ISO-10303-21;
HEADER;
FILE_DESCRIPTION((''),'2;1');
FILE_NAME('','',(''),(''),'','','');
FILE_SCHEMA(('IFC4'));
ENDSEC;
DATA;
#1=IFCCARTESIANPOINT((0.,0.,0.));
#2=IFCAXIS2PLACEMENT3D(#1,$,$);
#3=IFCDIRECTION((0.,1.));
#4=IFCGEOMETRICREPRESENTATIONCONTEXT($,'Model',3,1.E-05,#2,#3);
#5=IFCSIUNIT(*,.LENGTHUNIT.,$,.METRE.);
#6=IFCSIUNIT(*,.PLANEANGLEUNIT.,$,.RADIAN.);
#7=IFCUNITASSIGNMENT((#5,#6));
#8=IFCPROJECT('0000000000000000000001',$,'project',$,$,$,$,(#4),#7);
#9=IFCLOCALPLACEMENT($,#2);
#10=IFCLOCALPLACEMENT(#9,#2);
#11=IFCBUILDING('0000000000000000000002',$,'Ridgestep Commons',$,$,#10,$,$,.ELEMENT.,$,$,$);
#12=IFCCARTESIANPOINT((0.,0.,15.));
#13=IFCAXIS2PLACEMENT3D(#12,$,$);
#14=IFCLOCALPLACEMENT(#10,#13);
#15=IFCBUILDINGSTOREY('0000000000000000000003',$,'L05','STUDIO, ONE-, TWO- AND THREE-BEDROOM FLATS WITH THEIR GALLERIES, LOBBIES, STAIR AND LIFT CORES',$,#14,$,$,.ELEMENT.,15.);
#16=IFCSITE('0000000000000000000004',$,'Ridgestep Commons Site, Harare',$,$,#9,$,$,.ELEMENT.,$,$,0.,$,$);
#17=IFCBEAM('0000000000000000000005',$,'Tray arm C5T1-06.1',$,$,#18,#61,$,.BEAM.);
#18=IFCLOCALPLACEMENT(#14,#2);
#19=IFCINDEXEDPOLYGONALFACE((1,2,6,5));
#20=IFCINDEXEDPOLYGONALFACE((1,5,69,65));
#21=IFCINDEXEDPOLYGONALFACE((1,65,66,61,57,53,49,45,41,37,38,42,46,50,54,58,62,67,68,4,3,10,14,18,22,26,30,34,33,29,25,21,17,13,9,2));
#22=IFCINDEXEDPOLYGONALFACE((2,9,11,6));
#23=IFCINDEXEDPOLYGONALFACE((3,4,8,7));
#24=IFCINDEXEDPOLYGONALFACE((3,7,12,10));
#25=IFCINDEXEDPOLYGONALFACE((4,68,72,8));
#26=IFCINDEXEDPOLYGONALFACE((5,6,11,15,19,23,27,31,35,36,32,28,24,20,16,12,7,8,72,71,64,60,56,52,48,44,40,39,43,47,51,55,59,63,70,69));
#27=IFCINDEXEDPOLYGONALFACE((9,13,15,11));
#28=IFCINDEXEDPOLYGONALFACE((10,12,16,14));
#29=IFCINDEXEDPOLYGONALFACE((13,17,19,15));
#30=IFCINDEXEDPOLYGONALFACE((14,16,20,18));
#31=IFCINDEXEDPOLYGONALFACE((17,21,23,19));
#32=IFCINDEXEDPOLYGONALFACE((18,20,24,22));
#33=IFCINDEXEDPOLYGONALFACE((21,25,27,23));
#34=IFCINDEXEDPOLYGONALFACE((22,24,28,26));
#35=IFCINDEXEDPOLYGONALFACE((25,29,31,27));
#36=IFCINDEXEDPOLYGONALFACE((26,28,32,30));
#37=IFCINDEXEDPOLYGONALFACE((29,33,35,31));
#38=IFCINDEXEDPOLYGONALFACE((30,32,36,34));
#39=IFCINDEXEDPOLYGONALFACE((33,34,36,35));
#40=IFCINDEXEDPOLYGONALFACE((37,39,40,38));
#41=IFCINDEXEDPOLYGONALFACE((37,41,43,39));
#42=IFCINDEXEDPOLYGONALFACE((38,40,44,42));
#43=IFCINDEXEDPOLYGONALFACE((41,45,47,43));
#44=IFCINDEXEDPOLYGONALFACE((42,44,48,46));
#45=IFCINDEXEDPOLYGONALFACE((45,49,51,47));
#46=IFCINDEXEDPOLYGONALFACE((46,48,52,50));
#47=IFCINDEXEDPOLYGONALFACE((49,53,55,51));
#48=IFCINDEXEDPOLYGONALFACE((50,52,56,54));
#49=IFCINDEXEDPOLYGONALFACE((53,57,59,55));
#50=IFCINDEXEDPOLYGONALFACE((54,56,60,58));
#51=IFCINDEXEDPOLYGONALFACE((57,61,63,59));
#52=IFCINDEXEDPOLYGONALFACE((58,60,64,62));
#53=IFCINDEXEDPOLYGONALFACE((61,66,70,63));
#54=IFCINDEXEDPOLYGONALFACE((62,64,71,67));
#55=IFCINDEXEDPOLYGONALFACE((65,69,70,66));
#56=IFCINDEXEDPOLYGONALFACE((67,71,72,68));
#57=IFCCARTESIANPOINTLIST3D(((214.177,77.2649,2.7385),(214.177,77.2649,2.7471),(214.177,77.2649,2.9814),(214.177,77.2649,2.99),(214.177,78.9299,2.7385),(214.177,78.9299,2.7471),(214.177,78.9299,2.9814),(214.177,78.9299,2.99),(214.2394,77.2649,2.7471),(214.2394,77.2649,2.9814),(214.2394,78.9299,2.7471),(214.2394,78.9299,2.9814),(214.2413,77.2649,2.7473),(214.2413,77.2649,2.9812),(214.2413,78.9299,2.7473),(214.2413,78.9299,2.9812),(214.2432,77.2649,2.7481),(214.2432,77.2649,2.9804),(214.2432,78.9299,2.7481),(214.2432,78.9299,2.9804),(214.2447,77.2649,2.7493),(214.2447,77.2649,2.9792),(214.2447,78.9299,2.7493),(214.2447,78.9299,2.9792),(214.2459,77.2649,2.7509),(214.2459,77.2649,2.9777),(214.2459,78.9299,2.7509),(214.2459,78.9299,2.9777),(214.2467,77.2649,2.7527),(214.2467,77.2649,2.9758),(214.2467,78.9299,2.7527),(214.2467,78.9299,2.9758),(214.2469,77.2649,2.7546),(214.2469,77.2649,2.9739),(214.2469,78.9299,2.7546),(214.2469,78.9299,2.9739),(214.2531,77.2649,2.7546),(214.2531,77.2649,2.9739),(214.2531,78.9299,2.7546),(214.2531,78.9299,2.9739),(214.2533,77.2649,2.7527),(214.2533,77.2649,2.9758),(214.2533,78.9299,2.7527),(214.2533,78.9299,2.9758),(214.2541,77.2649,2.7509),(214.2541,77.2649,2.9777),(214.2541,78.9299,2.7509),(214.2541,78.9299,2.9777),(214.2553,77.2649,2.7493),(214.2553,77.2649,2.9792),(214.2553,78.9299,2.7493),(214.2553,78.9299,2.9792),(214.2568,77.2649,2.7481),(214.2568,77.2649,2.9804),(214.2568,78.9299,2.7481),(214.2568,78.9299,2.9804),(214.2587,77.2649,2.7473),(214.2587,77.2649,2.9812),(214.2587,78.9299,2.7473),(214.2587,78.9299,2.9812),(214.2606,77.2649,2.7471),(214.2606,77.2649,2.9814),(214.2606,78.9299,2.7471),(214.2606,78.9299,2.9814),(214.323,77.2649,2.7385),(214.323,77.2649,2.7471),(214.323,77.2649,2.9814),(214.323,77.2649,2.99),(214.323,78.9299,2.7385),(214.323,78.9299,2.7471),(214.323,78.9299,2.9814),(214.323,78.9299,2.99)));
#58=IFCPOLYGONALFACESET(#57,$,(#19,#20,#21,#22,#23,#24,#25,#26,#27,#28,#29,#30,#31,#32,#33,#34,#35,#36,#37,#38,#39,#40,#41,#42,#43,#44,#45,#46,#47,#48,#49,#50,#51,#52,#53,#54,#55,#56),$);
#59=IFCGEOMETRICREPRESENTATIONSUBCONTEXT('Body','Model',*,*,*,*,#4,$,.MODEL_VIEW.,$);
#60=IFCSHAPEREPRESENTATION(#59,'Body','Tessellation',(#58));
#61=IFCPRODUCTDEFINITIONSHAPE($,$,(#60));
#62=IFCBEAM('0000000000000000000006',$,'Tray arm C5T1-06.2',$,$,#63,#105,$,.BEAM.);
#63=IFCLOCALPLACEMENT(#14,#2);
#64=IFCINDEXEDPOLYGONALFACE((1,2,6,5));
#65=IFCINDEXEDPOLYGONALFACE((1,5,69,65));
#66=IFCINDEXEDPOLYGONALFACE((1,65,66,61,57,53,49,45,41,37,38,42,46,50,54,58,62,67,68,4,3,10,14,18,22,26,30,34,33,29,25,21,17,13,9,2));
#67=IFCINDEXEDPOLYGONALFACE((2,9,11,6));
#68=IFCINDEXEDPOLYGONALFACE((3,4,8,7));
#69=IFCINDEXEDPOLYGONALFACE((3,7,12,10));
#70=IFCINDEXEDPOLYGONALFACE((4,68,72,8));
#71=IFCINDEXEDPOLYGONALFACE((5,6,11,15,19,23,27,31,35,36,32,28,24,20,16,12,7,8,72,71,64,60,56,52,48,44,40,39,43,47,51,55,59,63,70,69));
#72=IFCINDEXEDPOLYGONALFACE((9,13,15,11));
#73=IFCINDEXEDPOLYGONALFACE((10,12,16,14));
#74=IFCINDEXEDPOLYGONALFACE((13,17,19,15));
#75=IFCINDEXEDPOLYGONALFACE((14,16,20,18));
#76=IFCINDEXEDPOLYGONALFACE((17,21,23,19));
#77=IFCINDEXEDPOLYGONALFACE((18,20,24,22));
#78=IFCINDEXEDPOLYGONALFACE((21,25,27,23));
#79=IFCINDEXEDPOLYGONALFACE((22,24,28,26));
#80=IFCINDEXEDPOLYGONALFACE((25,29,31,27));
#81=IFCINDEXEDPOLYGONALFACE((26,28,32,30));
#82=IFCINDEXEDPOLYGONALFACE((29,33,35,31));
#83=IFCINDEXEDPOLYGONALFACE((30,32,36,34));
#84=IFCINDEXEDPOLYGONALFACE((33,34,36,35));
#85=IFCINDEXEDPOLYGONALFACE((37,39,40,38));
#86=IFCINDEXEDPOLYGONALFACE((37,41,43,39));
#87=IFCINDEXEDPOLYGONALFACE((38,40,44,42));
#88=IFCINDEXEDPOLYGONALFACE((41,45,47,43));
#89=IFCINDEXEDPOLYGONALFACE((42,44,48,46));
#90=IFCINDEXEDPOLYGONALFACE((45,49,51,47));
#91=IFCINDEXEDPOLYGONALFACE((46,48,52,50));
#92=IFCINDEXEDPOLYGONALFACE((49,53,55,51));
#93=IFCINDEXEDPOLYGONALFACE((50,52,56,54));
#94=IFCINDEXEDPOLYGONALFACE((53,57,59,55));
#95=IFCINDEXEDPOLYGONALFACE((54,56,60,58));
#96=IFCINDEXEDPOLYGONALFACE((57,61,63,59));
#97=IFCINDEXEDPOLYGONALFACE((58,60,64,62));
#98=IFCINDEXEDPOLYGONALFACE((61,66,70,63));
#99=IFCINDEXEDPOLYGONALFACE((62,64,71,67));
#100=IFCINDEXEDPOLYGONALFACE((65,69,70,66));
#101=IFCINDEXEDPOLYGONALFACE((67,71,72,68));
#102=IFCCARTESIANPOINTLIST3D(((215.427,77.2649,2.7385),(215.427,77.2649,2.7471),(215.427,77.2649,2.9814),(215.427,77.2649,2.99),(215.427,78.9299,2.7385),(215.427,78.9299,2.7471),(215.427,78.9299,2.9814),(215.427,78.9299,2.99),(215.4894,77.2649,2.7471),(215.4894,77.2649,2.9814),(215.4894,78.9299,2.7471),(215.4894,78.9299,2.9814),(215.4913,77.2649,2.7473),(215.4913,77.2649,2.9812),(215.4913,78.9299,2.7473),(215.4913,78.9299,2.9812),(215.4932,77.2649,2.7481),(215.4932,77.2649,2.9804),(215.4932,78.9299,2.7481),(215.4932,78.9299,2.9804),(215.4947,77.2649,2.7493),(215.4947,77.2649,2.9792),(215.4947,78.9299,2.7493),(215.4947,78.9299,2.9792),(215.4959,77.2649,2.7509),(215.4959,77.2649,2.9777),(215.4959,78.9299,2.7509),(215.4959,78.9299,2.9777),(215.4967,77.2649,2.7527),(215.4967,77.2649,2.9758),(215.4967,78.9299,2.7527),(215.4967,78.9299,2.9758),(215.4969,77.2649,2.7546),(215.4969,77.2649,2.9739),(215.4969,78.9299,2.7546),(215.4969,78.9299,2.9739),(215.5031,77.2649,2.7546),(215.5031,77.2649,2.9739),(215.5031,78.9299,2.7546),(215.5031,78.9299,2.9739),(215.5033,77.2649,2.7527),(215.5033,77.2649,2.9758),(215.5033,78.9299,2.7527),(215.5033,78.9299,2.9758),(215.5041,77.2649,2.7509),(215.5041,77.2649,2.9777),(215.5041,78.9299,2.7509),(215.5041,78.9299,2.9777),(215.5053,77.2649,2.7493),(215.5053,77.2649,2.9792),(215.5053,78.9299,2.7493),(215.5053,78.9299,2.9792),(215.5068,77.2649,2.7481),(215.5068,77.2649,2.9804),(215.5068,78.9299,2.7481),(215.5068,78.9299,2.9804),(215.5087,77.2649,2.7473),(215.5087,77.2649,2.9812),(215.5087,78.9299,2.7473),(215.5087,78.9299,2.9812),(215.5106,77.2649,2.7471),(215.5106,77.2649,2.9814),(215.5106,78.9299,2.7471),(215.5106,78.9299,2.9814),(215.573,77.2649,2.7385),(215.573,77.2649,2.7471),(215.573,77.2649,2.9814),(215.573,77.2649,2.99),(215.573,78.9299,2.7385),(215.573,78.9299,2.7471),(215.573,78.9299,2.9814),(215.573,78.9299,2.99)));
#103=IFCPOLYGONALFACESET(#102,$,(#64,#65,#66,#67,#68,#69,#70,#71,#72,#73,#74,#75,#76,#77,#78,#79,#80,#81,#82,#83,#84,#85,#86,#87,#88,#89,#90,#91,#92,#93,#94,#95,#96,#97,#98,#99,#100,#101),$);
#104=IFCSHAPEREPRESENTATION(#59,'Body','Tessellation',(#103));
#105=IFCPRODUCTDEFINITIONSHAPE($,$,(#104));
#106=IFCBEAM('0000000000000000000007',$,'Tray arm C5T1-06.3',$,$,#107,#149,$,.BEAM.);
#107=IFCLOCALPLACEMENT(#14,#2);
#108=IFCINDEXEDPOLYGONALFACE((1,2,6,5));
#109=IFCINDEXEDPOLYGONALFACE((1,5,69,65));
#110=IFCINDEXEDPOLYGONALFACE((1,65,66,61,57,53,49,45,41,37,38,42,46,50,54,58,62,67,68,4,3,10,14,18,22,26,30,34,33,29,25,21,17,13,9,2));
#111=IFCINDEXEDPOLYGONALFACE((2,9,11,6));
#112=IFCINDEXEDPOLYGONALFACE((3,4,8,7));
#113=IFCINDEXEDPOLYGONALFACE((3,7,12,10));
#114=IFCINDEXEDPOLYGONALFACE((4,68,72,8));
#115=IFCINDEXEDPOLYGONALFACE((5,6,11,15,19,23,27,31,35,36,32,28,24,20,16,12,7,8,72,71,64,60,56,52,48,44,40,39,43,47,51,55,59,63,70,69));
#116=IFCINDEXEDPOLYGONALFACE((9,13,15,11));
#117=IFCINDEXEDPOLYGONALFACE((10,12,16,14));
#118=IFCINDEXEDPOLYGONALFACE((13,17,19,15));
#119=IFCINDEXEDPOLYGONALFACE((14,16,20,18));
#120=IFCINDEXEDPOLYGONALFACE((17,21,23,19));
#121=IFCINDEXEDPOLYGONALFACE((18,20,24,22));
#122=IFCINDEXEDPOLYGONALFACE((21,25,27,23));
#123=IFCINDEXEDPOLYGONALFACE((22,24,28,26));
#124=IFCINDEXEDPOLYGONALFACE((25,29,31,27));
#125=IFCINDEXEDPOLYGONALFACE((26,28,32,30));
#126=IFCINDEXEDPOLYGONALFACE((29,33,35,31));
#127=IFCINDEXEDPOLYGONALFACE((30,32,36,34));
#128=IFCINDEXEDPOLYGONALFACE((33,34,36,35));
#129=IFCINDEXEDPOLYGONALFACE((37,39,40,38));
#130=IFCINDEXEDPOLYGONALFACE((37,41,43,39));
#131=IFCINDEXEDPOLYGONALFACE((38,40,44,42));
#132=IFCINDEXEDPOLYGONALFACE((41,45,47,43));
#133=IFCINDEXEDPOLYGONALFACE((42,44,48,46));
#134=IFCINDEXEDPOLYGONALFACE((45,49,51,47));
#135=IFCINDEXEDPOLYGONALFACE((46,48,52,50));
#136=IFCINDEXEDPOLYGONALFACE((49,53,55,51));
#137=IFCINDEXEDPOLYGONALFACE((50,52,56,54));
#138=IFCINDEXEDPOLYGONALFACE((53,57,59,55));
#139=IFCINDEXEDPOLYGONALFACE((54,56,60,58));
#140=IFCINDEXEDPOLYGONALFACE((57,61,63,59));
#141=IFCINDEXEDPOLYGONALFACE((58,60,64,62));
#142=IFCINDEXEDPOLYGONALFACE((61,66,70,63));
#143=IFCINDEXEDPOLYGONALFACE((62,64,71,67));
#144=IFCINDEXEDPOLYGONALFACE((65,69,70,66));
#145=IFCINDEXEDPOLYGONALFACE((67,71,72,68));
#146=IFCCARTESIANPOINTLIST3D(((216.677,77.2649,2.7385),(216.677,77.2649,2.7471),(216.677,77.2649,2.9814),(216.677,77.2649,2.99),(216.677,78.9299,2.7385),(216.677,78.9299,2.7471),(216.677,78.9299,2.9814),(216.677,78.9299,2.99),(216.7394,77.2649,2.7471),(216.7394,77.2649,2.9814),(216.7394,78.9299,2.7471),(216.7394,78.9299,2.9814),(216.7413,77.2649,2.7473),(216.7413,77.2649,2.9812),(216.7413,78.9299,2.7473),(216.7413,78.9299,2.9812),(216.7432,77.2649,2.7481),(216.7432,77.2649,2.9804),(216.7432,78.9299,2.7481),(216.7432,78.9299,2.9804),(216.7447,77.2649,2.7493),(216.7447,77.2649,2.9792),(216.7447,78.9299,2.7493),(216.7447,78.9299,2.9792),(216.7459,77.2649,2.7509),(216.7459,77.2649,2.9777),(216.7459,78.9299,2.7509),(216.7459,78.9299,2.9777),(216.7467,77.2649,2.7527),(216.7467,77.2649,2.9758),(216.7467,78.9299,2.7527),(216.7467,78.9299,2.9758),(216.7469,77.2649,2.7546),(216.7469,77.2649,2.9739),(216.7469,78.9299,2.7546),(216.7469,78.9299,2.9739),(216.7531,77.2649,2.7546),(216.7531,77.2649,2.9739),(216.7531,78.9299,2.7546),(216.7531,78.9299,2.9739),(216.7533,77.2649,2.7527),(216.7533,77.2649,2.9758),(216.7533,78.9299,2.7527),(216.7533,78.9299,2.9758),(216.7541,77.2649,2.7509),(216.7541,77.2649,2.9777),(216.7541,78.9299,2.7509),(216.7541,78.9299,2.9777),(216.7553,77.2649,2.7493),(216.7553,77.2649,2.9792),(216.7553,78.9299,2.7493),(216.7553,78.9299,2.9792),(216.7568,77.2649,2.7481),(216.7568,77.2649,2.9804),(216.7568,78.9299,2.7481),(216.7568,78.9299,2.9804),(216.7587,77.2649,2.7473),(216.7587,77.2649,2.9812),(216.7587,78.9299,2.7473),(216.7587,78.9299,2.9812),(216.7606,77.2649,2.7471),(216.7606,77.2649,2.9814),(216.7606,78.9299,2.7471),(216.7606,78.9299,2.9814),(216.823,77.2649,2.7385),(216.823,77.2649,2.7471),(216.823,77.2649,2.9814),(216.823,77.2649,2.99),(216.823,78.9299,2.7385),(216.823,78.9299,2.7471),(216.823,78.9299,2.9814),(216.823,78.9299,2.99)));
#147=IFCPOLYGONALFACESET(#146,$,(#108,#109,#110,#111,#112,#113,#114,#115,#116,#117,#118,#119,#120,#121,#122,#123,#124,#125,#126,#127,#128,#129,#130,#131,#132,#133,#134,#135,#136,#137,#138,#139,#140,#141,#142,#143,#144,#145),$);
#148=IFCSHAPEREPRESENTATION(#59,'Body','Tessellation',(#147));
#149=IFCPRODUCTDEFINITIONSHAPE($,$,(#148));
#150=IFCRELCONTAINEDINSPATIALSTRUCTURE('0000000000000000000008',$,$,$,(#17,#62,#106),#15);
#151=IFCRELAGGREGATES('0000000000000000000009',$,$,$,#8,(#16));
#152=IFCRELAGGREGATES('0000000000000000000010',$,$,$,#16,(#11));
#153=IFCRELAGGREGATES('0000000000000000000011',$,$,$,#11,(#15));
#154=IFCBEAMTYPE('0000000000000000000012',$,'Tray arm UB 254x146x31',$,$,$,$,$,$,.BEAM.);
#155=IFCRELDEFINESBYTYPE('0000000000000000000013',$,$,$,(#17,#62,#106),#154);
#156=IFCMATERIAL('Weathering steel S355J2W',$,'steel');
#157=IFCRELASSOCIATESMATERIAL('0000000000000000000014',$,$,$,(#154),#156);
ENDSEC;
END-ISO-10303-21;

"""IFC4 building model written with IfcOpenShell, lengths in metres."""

from ifc_helpers import new_model, si_unit, direction, frame, origin, origin_2d, place, context, subcontext, project, spatial, i_section, extrude, material, material_profile, profile_set, type_object, element, save


model = new_model("IFC4")

# Units and contexts
model_context = context("Model", 3, precision=1e-05, world=origin(), true_north=direction((0.0, 1.0)))
body_context = subcontext(model_context, "Body", "Model", "MODEL_VIEW")
ifc_project = project(units=[si_unit("LENGTHUNIT", "METRE"), si_unit("PLANEANGLEUNIT", "RADIAN")], contexts=[model_context])

# Site, building, storey
site_placement = place(None, origin())
site = spatial("IfcSite", under=ifc_project, at=site_placement, Name="Ridgestep Commons Site, Harare", CompositionType="ELEMENT", RefElevation=0.0)
building_placement = place(site_placement, origin())
building = spatial("IfcBuilding", under=site, at=building_placement, Name="Ridgestep Commons", CompositionType="ELEMENT")
storey_placement = place(building_placement, frame((0.0, 0.0, 15.0)))
storey = spatial("IfcBuildingStorey", under=building, at=storey_placement, Name="L05", Description="STUDIO, ONE-, TWO- AND THREE-BEDROOM FLATS WITH THEIR GALLERIES, LOBBIES, STAIR AND LIFT CORES", CompositionType="ELEMENT", Elevation=15.0)

# Beams
ifc_material_1 = material(Name="Weathering steel S355J2W", Category="steel")
ifc_material_profile_1 = material_profile(ifc_material_1, i_section(OverallWidth=0.146, OverallDepth=0.2515, WebThickness=0.0061, FlangeThickness=0.0085, FilletRadius=0.0076, at=origin_2d()), Name="UB 254x146x31")
ifc_profile_set_1 = profile_set([ifc_material_profile_1], Name="Weathering steel S355J2W")
beam_type_1 = type_object("IfcBeamType", Name="Tray arm UB 254x146x31", PredefinedType="BEAM", material=ifc_profile_set_1)
for number, where, z_axis, x_axis, name in (
    (1, (214.25, 77.2649, 2.8643), (0.0, 1.0, 0.0), (-1.0, 0.0, 0.0), "Tray arm C5T1-06.1"),
    (2, (215.5, 77.2649, 2.8643), (0.0, 1.0, 0.0), (-1.0, 0.0, 0.0), "Tray arm C5T1-06.2"),
    (3, (216.75, 77.2649, 2.8643), (0.0, 1.0, 0.0), (-1.0, 0.0, 0.0), "Tray arm C5T1-06.3"),
):
    element("IfcBeam", number, at=place(storey_placement, frame(where, z_axis=z_axis, x_axis=x_axis)), inside=storey, type_object=beam_type_1, Name=name, PredefinedType="BEAM", context=body_context, shape_type="SweptSolid", body=[
        extrude(i_section(OverallWidth=0.146, OverallDepth=0.2515, WebThickness=0.0061, FlangeThickness=0.0085, FilletRadius=0.0076, at=origin_2d()), origin(), (0.0, 0.0, 1.0), 1.665),
    ])

save(model, "model.ifc")
